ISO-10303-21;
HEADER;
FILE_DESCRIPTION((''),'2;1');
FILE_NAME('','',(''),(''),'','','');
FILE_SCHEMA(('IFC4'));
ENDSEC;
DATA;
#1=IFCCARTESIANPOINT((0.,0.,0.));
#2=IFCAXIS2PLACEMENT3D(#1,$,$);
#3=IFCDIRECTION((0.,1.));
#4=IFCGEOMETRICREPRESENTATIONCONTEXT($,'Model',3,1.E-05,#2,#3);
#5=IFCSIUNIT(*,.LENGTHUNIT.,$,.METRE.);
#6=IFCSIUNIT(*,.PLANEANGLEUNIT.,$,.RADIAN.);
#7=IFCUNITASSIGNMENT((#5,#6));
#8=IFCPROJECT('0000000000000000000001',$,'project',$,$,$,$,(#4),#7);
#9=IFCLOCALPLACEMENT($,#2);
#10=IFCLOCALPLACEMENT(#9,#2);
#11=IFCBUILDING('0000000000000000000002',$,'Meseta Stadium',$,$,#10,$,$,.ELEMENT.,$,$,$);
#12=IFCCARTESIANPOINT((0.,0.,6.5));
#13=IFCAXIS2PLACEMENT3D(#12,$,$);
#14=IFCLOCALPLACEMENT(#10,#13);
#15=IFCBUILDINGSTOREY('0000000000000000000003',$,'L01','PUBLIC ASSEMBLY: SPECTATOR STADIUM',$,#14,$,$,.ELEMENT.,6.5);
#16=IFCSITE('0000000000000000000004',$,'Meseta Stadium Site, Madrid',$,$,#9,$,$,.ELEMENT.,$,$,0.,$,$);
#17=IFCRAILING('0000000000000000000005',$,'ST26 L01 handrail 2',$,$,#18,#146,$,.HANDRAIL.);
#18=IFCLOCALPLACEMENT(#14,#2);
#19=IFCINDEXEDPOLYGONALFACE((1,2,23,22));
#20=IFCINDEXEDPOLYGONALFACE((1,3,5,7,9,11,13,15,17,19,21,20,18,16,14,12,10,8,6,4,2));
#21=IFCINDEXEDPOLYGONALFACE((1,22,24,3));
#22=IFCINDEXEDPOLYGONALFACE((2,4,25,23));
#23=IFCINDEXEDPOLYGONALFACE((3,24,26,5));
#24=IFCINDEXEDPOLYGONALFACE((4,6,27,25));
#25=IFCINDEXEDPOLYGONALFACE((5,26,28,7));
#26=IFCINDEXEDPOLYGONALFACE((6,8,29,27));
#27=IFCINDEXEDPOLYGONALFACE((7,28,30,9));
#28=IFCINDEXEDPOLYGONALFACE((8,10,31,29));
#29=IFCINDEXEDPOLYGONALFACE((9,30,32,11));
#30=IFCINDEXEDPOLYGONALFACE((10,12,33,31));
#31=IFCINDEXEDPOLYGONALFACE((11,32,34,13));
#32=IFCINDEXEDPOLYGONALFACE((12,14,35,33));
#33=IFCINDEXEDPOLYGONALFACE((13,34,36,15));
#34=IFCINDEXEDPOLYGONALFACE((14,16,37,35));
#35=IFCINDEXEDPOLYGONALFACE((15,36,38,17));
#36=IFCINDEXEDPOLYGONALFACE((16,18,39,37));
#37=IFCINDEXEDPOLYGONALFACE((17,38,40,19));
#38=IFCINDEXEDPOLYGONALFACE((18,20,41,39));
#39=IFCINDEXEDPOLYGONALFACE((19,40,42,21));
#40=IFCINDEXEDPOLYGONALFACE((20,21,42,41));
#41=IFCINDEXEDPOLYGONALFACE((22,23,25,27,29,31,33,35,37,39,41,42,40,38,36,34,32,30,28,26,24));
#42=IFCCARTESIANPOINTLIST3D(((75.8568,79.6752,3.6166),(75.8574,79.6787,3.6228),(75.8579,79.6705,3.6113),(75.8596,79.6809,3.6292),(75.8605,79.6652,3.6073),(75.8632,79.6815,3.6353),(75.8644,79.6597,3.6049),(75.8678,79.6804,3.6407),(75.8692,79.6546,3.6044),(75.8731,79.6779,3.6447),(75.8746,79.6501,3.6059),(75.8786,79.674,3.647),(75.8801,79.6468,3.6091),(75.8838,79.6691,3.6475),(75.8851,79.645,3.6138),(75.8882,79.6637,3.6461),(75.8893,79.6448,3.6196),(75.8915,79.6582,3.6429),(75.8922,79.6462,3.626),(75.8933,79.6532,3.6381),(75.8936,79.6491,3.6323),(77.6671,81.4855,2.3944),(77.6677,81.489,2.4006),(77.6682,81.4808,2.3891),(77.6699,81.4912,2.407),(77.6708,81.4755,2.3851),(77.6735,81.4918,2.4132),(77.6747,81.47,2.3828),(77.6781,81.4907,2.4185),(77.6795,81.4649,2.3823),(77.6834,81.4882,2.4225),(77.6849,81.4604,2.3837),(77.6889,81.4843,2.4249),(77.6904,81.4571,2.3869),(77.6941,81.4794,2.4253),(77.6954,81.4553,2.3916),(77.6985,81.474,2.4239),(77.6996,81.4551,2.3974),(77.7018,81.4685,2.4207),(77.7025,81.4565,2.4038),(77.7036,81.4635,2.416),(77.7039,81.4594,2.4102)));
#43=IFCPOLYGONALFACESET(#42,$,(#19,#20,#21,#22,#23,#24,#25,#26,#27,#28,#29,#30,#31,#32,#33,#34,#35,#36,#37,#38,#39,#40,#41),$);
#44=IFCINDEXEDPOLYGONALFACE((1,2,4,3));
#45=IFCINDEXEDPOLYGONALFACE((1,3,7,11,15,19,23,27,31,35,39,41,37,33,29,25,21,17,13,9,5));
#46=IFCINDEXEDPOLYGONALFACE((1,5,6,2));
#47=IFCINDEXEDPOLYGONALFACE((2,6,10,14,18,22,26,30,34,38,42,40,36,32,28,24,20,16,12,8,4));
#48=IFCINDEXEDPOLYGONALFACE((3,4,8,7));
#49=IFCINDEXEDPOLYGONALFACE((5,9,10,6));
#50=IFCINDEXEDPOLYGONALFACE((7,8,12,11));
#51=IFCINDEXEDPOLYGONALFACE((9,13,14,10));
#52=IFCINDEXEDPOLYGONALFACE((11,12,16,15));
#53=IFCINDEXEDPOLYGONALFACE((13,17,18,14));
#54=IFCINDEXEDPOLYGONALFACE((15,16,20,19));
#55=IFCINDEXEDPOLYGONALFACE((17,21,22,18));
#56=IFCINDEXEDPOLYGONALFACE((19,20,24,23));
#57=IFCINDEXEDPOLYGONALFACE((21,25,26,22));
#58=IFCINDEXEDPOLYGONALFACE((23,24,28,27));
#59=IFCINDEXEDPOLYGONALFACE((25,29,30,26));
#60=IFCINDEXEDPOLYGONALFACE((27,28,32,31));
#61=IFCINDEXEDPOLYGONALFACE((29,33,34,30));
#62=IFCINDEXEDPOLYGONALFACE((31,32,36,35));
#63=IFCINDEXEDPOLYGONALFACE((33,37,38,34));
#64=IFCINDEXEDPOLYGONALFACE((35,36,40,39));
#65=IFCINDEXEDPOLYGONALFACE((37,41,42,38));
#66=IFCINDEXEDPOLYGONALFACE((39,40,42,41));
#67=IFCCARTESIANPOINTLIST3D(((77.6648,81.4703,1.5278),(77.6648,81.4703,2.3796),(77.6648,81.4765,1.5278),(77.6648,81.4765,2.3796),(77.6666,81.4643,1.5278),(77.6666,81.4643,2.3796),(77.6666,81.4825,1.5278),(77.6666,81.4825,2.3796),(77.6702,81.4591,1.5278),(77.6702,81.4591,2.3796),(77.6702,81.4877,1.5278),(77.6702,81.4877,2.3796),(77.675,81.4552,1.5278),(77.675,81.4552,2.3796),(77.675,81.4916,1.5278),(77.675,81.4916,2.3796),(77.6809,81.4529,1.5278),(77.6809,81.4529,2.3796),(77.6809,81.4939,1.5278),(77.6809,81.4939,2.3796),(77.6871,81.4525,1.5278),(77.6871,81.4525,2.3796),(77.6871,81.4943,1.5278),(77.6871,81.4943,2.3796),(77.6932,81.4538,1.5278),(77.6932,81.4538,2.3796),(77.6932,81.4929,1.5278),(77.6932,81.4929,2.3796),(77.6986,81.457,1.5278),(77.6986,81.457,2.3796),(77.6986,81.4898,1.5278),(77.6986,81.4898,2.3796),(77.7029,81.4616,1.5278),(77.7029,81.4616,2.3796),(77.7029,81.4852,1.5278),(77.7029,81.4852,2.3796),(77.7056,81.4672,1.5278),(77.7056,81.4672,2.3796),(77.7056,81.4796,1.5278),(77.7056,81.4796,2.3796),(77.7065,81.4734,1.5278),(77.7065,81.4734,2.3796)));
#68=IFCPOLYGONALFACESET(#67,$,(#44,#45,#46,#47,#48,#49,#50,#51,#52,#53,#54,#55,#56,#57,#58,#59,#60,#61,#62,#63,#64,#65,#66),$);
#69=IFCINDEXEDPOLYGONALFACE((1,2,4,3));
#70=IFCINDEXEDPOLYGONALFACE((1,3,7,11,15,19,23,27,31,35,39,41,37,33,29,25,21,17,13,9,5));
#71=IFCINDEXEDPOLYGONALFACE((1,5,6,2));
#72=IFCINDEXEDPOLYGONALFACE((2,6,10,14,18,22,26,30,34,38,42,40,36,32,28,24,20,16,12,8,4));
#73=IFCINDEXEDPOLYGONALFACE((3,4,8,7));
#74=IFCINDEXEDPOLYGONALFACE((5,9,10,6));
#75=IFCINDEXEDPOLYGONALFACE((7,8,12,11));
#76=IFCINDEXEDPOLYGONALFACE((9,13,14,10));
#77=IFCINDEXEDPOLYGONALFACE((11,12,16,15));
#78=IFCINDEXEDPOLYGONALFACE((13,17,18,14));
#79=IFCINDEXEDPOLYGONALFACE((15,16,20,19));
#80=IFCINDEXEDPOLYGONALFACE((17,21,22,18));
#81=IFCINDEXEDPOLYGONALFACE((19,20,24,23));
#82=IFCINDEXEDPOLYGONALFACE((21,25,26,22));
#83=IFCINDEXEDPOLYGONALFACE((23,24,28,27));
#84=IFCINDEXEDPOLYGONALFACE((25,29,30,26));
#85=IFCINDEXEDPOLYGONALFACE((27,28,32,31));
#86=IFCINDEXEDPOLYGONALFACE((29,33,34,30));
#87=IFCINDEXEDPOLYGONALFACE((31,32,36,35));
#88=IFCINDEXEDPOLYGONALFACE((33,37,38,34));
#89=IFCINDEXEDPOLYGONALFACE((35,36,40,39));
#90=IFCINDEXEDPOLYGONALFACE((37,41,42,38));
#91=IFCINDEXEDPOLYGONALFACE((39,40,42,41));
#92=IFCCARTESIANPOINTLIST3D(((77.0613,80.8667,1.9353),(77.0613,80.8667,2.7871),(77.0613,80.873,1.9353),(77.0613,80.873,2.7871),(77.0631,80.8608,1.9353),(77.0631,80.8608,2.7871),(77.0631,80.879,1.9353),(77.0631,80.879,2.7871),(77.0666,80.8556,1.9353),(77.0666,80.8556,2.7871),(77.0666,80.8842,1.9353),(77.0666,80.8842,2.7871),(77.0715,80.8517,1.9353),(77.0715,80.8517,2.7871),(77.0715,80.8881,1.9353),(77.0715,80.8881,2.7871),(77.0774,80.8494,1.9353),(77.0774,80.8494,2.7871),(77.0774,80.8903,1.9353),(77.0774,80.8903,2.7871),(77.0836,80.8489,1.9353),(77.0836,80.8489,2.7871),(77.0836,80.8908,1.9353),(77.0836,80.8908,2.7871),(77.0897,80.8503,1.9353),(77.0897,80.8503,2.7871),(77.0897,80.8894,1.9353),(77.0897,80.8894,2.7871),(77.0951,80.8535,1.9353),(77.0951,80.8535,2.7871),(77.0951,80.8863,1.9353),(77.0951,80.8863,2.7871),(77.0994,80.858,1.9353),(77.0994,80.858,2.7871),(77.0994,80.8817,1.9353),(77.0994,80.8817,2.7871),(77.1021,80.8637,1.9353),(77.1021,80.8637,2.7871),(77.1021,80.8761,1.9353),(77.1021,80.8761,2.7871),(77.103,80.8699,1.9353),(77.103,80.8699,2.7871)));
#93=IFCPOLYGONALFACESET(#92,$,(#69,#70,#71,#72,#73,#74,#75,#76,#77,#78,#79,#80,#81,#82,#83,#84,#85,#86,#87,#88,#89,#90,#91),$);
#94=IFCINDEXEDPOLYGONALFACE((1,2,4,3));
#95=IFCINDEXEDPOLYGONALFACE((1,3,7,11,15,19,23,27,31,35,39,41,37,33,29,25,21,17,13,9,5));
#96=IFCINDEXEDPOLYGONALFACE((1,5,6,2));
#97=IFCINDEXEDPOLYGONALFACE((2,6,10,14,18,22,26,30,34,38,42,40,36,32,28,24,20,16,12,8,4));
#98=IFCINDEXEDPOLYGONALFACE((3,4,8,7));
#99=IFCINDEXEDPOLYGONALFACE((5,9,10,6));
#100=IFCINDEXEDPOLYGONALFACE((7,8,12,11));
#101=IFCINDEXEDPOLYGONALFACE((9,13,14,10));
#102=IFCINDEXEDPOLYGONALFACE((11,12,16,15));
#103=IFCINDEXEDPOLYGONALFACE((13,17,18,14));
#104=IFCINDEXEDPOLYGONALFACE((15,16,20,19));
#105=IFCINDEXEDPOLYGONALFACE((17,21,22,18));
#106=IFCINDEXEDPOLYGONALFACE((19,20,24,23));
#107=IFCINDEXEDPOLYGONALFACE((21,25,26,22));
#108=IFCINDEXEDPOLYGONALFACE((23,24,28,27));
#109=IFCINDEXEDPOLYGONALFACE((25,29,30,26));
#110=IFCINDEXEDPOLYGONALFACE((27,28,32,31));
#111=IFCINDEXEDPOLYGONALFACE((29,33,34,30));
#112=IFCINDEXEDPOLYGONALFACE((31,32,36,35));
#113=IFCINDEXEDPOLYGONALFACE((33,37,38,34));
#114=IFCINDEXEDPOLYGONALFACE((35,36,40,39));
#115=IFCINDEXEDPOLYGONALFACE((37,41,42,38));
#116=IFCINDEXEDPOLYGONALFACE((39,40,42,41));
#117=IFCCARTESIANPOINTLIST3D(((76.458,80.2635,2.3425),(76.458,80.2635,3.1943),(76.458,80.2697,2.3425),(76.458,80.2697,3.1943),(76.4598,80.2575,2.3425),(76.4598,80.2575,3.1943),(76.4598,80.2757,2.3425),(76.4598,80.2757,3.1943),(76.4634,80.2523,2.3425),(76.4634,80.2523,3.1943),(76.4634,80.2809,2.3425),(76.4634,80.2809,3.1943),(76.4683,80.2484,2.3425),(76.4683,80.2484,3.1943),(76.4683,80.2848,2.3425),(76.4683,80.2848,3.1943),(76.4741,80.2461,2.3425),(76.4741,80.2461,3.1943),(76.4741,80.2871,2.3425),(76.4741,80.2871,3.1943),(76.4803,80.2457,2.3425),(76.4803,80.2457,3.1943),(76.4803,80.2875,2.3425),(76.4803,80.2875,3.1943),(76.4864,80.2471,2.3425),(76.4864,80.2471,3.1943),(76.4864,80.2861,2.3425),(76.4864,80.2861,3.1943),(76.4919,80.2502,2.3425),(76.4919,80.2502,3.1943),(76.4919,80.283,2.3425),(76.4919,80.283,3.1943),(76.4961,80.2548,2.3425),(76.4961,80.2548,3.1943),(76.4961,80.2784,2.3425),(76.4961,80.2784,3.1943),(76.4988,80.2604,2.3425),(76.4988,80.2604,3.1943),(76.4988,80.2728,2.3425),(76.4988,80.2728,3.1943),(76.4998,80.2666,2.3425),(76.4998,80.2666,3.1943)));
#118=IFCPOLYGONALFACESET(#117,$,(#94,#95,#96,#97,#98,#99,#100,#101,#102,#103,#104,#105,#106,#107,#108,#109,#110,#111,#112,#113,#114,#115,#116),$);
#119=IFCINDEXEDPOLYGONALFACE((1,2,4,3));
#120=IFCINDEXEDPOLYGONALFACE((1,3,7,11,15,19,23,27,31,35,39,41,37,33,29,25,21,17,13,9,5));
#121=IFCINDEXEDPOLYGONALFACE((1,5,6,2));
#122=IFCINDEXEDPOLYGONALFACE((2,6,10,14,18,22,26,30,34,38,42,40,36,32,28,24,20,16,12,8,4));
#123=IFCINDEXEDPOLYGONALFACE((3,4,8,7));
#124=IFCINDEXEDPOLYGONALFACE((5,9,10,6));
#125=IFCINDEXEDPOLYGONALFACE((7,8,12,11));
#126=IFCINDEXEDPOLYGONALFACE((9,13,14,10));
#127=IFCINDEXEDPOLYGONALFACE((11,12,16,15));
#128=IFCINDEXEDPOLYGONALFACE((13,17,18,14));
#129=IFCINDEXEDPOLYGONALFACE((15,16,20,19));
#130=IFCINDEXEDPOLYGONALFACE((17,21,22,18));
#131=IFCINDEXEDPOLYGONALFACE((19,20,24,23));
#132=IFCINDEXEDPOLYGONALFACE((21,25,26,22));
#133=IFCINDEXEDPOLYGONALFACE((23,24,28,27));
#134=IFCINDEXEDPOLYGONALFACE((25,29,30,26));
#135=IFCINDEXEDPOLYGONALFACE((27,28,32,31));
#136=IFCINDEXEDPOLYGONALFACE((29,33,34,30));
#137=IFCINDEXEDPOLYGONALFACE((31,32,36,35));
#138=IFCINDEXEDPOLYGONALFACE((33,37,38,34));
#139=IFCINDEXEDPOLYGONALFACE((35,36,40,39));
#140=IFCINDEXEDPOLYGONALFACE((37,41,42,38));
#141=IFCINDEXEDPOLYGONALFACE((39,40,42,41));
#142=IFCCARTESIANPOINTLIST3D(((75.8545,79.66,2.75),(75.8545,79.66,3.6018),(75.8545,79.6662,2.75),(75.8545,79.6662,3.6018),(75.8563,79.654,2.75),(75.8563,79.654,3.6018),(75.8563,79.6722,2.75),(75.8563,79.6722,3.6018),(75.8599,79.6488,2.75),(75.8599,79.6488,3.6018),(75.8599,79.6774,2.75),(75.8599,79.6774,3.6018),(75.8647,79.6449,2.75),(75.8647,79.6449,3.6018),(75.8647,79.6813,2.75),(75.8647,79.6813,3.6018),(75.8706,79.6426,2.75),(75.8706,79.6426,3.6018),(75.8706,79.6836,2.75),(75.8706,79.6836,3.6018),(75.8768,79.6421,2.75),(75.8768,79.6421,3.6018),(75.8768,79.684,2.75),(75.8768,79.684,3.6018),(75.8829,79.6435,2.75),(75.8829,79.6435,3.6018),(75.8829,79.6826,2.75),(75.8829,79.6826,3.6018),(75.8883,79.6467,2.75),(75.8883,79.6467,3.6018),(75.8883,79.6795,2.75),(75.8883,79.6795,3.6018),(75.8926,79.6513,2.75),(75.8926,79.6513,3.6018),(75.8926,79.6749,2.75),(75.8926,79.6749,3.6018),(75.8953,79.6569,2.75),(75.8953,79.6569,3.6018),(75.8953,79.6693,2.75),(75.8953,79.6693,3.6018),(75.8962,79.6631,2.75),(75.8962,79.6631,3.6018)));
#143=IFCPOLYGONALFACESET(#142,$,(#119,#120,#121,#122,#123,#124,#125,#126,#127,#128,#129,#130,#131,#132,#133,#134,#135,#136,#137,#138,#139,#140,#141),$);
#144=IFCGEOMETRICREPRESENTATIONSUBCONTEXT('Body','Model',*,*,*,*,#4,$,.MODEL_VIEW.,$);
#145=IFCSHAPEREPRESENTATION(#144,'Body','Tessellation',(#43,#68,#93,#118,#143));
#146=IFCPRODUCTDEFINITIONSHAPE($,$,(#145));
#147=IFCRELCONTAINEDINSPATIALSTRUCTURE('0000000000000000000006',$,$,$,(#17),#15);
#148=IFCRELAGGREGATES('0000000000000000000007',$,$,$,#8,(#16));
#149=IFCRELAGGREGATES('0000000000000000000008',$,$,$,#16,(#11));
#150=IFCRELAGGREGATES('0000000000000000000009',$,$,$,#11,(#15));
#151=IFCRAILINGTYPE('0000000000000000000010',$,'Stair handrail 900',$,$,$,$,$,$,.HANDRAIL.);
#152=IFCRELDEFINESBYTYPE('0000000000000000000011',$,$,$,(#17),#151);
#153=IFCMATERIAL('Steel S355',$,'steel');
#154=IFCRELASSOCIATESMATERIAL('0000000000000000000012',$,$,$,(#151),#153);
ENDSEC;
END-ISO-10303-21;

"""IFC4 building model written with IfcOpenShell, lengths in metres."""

from ifc_helpers import new_model, si_unit, direction, frame, origin, origin_2d, place, context, subcontext, project, spatial, circle, extrude, material, type_object, element, save


model = new_model("IFC4")

# Units and contexts
model_context = context("Model", 3, precision=1e-05, world=origin(), true_north=direction((0.0, 1.0)))
body_context = subcontext(model_context, "Body", "Model", "MODEL_VIEW")
ifc_project = project(units=[si_unit("LENGTHUNIT", "METRE"), si_unit("PLANEANGLEUNIT", "RADIAN")], contexts=[model_context])

# Site, building, storey
site_placement = place(None, origin())
site = spatial("IfcSite", under=ifc_project, at=site_placement, Name="Meseta Stadium Site, Madrid", CompositionType="ELEMENT", RefElevation=0.0)
building_placement = place(site_placement, origin())
building = spatial("IfcBuilding", under=site, at=building_placement, Name="Meseta Stadium", CompositionType="ELEMENT")
storey_placement = place(building_placement, frame((0.0, 0.0, 6.5)))
storey = spatial("IfcBuildingStorey", under=building, at=storey_placement, Name="L01", Description="PUBLIC ASSEMBLY: SPECTATOR STADIUM", CompositionType="ELEMENT", Elevation=6.5)

# Railing
ifc_material_1 = material(Name="Steel S355", Category="steel")
railing_type_1 = type_object("IfcRailingType", Name="Stair handrail 900", PredefinedType="HANDRAIL", material=ifc_material_1)
railing_1_placement = place(storey_placement, frame((77.6855, 81.4734, 1.5278)))
element("IfcRailing", 1, at=railing_1_placement, inside=storey, type_object=railing_type_1, Name="ST26 L01 handrail 2", PredefinedType="HANDRAIL", context=body_context, shape_type="SweptSolid", body=[
    extrude(circle(Radius=0.0239, at=origin_2d()), frame((0.0, 0.0, 0.876), z_axis=(-0.638124, -0.638124, 0.430809), x_axis=(0.707107, -0.707107, 0.0)), (0.0, 0.0, 1.0), 2.8369),
    extrude(circle(Radius=0.021, at=origin_2d()), origin(), (0.0, 0.0, 1.0), 0.8518),
    extrude(circle(Radius=0.021, at=origin_2d()), frame((-0.6035, -0.6035, 0.4075)), (0.0, 0.0, 1.0), 0.8518),
    extrude(circle(Radius=0.021, at=origin_2d()), frame((-1.2068, -1.2068, 0.8147)), (0.0, 0.0, 1.0), 0.8518),
    extrude(circle(Radius=0.021, at=origin_2d()), frame((-1.8103, -1.8103, 1.2222)), (0.0, 0.0, 1.0), 0.8518),
])

save(model, "model.ifc")
